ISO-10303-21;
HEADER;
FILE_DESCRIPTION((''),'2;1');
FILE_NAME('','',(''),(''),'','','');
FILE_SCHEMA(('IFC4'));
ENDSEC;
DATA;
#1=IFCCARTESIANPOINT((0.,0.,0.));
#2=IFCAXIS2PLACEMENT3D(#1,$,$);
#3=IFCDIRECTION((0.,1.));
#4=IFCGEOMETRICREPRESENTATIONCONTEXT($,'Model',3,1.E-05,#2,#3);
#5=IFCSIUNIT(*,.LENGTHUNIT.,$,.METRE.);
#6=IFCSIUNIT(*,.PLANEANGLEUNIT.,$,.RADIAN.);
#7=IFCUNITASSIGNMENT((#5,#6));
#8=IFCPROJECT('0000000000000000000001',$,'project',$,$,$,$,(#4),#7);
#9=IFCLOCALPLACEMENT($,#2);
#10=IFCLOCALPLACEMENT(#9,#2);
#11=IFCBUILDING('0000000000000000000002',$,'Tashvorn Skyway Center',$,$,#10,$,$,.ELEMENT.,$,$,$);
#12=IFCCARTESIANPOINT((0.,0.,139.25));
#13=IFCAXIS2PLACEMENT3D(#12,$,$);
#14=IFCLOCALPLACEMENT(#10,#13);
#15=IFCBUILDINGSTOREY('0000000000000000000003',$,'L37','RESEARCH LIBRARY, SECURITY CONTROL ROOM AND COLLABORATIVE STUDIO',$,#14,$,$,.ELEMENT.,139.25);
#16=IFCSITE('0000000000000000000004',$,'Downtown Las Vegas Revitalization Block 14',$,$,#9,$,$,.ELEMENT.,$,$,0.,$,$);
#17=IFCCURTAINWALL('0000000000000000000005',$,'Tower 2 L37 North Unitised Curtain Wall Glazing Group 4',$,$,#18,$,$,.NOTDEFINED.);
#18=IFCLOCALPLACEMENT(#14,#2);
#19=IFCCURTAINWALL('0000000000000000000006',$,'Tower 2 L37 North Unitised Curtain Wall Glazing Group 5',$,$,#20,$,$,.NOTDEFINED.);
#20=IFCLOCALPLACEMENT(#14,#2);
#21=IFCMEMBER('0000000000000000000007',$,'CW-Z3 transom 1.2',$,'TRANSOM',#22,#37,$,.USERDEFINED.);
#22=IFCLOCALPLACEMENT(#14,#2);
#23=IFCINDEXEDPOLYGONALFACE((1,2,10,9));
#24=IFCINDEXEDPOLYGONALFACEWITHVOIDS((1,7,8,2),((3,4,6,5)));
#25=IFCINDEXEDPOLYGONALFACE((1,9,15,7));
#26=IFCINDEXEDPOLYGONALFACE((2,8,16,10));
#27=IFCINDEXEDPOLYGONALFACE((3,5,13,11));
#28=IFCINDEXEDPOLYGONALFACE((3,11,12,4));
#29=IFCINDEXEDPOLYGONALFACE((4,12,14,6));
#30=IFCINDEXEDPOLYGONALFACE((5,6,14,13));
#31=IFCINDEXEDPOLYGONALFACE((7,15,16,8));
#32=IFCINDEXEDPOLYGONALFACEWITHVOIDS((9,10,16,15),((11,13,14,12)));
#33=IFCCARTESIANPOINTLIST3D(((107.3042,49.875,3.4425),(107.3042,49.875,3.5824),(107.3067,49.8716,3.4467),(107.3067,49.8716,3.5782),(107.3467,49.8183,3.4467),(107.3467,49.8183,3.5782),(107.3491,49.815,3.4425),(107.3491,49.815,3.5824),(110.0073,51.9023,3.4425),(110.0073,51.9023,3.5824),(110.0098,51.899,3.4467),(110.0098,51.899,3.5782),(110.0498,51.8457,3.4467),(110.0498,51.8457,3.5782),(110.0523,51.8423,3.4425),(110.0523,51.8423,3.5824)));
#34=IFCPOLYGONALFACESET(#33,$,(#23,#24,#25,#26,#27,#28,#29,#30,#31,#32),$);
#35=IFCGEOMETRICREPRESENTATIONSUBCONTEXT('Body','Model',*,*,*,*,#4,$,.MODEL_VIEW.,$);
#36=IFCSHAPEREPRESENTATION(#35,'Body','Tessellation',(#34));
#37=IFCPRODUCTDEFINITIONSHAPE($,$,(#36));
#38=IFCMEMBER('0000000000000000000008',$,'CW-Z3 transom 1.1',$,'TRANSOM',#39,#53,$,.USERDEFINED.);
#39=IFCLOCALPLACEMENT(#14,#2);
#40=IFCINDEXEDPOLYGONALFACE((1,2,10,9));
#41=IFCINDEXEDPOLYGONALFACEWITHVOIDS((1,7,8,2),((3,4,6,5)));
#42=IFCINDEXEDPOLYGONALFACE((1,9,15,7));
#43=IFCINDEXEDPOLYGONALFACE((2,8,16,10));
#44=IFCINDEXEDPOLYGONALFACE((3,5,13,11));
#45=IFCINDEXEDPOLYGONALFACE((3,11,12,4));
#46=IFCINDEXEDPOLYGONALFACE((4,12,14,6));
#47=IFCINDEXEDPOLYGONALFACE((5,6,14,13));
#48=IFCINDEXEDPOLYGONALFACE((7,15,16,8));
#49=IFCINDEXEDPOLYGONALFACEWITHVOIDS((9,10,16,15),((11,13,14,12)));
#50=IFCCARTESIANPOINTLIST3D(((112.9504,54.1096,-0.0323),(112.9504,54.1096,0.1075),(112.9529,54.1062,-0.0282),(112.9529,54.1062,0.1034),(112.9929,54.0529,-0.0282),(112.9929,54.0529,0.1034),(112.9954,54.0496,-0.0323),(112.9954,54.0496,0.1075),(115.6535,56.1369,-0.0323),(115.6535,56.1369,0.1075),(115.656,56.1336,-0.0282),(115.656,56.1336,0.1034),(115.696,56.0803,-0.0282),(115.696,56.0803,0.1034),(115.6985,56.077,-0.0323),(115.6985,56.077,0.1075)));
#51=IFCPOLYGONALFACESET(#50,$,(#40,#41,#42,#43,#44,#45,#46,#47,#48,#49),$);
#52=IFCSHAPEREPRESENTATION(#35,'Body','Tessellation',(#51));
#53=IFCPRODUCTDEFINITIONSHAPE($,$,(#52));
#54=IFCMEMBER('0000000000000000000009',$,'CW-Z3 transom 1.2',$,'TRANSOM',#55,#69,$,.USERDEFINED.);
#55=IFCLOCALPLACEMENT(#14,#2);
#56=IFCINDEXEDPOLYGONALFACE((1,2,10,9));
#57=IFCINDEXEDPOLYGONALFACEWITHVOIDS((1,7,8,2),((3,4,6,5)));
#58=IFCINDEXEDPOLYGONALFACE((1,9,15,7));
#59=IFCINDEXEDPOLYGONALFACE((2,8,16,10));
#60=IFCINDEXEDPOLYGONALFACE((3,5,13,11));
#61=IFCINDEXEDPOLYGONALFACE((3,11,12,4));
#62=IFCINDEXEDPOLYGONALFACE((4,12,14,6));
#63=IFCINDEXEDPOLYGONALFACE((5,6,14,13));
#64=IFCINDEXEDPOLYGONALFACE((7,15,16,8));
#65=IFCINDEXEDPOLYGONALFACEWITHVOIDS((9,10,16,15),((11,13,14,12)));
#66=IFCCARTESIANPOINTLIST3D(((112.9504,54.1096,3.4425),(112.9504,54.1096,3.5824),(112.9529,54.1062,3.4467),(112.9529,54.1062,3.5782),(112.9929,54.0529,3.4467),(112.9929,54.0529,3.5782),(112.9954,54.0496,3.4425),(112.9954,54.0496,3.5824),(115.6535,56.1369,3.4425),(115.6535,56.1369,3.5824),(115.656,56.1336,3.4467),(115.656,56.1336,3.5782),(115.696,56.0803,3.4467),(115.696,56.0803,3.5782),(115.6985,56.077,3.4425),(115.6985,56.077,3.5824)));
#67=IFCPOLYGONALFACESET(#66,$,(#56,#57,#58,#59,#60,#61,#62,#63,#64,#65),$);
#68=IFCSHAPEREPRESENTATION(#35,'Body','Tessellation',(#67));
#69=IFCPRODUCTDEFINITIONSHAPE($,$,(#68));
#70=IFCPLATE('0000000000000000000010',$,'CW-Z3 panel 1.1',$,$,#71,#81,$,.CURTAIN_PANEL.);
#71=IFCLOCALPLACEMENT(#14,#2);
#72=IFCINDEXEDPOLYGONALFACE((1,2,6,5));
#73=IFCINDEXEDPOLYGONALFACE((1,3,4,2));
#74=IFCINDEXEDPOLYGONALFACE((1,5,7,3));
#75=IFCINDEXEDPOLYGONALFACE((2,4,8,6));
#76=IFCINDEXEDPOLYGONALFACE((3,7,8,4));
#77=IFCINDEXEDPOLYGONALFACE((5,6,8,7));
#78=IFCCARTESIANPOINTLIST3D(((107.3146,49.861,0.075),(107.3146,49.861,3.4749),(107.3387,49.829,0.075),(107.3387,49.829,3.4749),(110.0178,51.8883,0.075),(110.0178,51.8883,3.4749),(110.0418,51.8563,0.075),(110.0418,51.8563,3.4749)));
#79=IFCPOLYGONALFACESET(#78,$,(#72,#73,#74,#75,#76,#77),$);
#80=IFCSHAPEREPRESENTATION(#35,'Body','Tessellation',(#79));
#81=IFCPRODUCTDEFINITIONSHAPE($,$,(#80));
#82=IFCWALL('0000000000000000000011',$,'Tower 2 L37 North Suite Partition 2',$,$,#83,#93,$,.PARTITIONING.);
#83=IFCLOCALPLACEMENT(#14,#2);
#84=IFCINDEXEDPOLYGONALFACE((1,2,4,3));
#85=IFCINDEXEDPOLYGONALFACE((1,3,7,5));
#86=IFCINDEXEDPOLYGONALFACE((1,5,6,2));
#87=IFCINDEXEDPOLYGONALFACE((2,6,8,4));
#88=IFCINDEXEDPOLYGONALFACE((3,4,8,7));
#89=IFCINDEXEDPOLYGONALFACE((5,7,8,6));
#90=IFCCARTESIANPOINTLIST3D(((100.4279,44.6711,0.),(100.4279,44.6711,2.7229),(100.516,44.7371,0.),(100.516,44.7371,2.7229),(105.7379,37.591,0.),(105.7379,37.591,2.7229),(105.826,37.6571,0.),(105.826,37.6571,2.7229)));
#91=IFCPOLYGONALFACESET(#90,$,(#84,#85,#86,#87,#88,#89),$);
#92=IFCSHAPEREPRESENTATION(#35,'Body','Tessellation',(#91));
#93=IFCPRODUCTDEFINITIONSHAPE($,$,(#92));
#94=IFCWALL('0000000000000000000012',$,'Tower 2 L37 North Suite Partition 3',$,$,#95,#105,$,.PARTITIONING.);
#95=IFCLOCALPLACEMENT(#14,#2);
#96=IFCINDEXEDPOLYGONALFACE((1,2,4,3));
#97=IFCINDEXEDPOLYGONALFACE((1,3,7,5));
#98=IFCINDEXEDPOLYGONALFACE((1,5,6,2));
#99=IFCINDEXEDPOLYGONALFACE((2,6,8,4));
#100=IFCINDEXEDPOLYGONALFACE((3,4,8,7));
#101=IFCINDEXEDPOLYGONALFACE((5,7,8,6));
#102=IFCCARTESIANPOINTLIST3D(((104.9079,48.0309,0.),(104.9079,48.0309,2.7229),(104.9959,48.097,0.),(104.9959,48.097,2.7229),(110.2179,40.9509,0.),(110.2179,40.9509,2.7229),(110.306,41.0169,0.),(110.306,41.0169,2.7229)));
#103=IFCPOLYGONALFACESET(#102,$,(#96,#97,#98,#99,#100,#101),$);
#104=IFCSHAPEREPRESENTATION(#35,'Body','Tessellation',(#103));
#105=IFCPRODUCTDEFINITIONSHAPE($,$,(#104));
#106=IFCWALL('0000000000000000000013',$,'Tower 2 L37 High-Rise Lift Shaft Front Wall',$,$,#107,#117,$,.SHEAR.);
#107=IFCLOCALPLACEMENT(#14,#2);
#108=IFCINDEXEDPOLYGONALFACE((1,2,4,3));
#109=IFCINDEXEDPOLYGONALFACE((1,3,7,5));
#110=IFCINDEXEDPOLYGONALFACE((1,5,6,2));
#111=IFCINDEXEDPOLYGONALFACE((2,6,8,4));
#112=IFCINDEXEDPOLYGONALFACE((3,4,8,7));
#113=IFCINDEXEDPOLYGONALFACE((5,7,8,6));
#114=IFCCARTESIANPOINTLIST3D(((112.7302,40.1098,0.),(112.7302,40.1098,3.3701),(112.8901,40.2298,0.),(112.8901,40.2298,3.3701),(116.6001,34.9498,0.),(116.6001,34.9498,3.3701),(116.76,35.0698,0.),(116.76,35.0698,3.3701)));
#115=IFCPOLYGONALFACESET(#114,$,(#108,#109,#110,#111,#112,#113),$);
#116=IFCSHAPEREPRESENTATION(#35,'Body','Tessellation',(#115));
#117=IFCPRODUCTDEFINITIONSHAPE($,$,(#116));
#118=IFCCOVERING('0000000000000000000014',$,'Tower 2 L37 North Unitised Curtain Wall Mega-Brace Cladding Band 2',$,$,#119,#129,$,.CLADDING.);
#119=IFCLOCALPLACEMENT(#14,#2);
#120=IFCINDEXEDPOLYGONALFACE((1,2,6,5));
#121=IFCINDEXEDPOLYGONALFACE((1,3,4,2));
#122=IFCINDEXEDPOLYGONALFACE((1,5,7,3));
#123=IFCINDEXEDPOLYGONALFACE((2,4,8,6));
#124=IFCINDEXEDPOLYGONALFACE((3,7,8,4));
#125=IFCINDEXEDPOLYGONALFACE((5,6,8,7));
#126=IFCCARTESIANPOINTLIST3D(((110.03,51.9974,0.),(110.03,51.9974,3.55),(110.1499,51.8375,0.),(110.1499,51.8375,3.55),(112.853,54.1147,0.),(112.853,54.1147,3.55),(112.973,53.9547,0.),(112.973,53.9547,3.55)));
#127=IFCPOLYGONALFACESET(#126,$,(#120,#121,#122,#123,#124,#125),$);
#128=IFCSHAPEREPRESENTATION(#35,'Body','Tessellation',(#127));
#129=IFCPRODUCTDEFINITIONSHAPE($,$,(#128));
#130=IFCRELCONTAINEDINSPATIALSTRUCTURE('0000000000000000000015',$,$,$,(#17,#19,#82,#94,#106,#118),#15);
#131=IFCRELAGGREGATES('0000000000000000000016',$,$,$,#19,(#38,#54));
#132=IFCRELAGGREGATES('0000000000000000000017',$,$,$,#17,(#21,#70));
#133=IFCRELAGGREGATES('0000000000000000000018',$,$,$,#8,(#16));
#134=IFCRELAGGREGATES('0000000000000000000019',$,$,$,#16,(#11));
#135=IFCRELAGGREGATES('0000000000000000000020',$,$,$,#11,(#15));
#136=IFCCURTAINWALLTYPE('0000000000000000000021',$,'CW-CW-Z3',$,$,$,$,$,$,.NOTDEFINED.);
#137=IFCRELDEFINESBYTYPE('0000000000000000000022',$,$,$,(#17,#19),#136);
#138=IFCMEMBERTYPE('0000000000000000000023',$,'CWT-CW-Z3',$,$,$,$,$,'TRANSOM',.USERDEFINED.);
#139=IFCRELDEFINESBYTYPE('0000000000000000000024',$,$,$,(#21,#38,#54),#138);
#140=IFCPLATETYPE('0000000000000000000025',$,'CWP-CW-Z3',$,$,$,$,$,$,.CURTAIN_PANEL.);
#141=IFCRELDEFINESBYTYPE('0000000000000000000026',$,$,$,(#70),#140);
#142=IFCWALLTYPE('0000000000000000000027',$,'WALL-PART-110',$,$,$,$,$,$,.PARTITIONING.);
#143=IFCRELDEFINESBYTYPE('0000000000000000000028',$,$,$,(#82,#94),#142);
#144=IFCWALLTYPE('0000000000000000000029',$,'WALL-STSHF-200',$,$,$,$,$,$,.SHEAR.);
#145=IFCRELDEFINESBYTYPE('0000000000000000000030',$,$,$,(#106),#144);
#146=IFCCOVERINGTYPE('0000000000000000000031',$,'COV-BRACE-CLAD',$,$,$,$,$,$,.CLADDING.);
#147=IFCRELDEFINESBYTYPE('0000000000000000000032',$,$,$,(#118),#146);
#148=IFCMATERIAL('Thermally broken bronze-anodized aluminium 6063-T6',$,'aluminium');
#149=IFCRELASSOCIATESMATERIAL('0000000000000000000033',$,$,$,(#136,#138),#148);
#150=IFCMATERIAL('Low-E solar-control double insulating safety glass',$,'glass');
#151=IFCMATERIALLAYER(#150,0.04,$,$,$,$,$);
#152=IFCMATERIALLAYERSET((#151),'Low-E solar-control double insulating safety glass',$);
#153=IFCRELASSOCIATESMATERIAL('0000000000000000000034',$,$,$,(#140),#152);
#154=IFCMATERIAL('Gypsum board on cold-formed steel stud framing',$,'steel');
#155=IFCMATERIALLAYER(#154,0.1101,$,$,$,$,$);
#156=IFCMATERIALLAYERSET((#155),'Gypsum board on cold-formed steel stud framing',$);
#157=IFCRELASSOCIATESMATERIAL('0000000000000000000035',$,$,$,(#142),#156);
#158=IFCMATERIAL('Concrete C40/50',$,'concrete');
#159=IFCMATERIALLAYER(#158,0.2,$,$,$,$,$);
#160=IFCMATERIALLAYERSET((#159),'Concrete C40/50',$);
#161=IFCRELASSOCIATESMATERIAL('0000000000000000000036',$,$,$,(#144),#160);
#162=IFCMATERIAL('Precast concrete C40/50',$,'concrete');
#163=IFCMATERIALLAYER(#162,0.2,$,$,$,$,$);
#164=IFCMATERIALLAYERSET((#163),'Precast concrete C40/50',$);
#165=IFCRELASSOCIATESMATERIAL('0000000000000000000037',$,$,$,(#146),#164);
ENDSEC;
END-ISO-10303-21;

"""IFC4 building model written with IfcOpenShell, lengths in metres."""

from ifc_helpers import new_model, si_unit, direction, frame, frame_2d, origin, origin_2d, place, context, subcontext, project, spatial, rectangle, hollow_rectangle, extrude, material, layer, layer_set, material_profile, profile_set, type_object, element, aggregate, save


model = new_model("IFC4")

# Units and contexts
model_context = context("Model", 3, precision=1e-05, world=origin(), true_north=direction((0.0, 1.0)))
body_context = subcontext(model_context, "Body", "Model", "MODEL_VIEW")
ifc_project = project(units=[si_unit("LENGTHUNIT", "METRE"), si_unit("PLANEANGLEUNIT", "RADIAN")], contexts=[model_context])

# Site, building, storey
site_placement = place(None, origin())
site = spatial("IfcSite", under=ifc_project, at=site_placement, Name="Downtown Las Vegas Revitalization Block 14", CompositionType="ELEMENT", RefElevation=0.0)
building_placement = place(site_placement, origin())
building = spatial("IfcBuilding", under=site, at=building_placement, Name="Tashvorn Skyway Center", CompositionType="ELEMENT")
storey_placement = place(building_placement, frame((0.0, 0.0, 139.25)))
storey = spatial("IfcBuildingStorey", under=building, at=storey_placement, Name="L37", Description="RESEARCH LIBRARY, SECURITY CONTROL ROOM AND COLLABORATIVE STUDIO", CompositionType="ELEMENT", Elevation=139.25)

# Shared definitions
ifc_material_1 = material(Name="Thermally broken bronze-anodized aluminium 6063-T6", Category="aluminium")
curtain_wall_type = type_object("IfcCurtainWallType", Name="CW-CW-Z3", PredefinedType="NOTDEFINED", material=ifc_material_1)

# Curtain wall
curtain_wall_1_placement = place(storey_placement, origin())
curtain_wall_1 = element("IfcCurtainWall", 1, at=curtain_wall_1_placement, inside=storey, type_object=curtain_wall_type, Name="Tower 2 L37 North Unitised Curtain Wall Glazing Group 4", PredefinedType="NOTDEFINED")

# Curtain wall
curtain_wall_2_placement = place(storey_placement, origin())
curtain_wall_2 = element("IfcCurtainWall", 2, at=curtain_wall_2_placement, inside=storey, type_object=curtain_wall_type, Name="Tower 2 L37 North Unitised Curtain Wall Glazing Group 5", PredefinedType="NOTDEFINED")

# Members
ifc_material_profile_1 = material_profile(ifc_material_1, hollow_rectangle(XDim=0.075, YDim=0.1399, WallThickness=0.0042, at=origin_2d()), Name="ALU-TRAN-75x140")
ifc_profile_set_1 = profile_set([ifc_material_profile_1], Name="Thermally broken bronze-anodized aluminium 6063-T6")
member_type_1 = type_object("IfcMemberType", Name="CWT-CW-Z3", ElementType="TRANSOM", PredefinedType="USERDEFINED", material=ifc_profile_set_1)
member_1_placement = place(storey_placement, frame((107.3267, 49.845, 3.5125), z_axis=(0.8, 0.6, 0.0), x_axis=(-0.6, 0.8, 0.0)))
member_1 = element("IfcMember", 3, at=member_1_placement, type_object=member_type_1, Name="CW-Z3 transom 1.2", ObjectType="TRANSOM", PredefinedType="USERDEFINED", context=body_context, shape_type="SweptSolid", body=[
    extrude(hollow_rectangle(XDim=0.075, YDim=0.1399, WallThickness=0.0042, at=origin_2d()), origin(), (0.0, 0.0, 1.0), 3.3789),
])
member_2_placement = place(storey_placement, frame((112.9729, 54.0796, 0.0376), z_axis=(0.8, 0.6, 0.0), x_axis=(-0.6, 0.8, 0.0)))
member_2 = element("IfcMember", 4, at=member_2_placement, type_object=member_type_1, Name="CW-Z3 transom 1.1", ObjectType="TRANSOM", PredefinedType="USERDEFINED", context=body_context, shape_type="SweptSolid", body=[
    extrude(hollow_rectangle(XDim=0.075, YDim=0.1399, WallThickness=0.0042, at=origin_2d()), origin(), (0.0, 0.0, 1.0), 3.3789),
])
member_3_placement = place(storey_placement, frame((112.9729, 54.0796, 3.5125), z_axis=(0.8, 0.6, 0.0), x_axis=(-0.6, 0.8, 0.0)))
member_3 = element("IfcMember", 5, at=member_3_placement, type_object=member_type_1, Name="CW-Z3 transom 1.2", ObjectType="TRANSOM", PredefinedType="USERDEFINED", context=body_context, shape_type="SweptSolid", body=[
    extrude(hollow_rectangle(XDim=0.075, YDim=0.1399, WallThickness=0.0042, at=origin_2d()), origin(), (0.0, 0.0, 1.0), 3.3789),
])
aggregate(curtain_wall_2, [member_2, member_3])

# Plate
ifc_material_2 = material(Name="Low-E solar-control double insulating safety glass", Category="glass")
ifc_layer_1 = layer(ifc_material_2, 0.04)
ifc_layer_set_1 = layer_set([ifc_layer_1], Name="Low-E solar-control double insulating safety glass")
plate_type = type_object("IfcPlateType", Name="CWP-CW-Z3", PredefinedType="CURTAIN_PANEL", material=ifc_layer_set_1)
plate_placement = place(storey_placement, frame((108.6782, 50.8586, 0.075), z_axis=(0.0, 0.0, 1.0), x_axis=(0.800003, 0.599995, 0.0)))
plate = element("IfcPlate", 6, at=plate_placement, type_object=plate_type, Name="CW-Z3 panel 1.1", PredefinedType="CURTAIN_PANEL", context=body_context, shape_type="SweptSolid", body=[
    extrude(rectangle(XDim=3.3789, YDim=0.04, at=origin_2d()), origin(), (0.0, 0.0, 1.0), 3.3999),
])
aggregate(curtain_wall_1, [member_1, plate])

# Walls
ifc_material_3 = material(Name="Gypsum board on cold-formed steel stud framing", Category="steel")
ifc_layer_2 = layer(ifc_material_3, 0.1101)
ifc_layer_set_2 = layer_set([ifc_layer_2], Name="Gypsum board on cold-formed steel stud framing")
wall_type_1 = type_object("IfcWallType", Name="WALL-PART-110", PredefinedType="PARTITIONING", material=ifc_layer_set_2)
for number, where, z_axis, x_axis, name in (
    (7, (105.782, 37.624, 0.0), (0.0, 0.0, 1.0), (-0.6, 0.8, 0.0), "Tower 2 L37 North Suite Partition 2"),
    (8, (110.262, 40.9839, 0.0), (0.0, 0.0, 1.0), (-0.6, 0.8, 0.0), "Tower 2 L37 North Suite Partition 3"),
):
    element("IfcWall", number, at=place(storey_placement, frame(where, z_axis=z_axis, x_axis=x_axis)), inside=storey, type_object=wall_type_1, Name=name, PredefinedType="PARTITIONING", context=body_context, shape_type="SweptSolid", body=[
        extrude(rectangle(XDim=8.8501, YDim=0.1101, at=frame_2d((4.425, 0.0))), origin(), (0.0, 0.0, 1.0), 2.7229),
    ])
ifc_material_4 = material(Name="Concrete C40/50", Category="concrete")
ifc_layer_3 = layer(ifc_material_4, 0.2)
ifc_layer_set_3 = layer_set([ifc_layer_3], Name="Concrete C40/50")
wall_type_2 = type_object("IfcWallType", Name="WALL-STSHF-200", PredefinedType="SHEAR", material=ifc_layer_set_3)
wall_placement = place(storey_placement, frame((112.8101, 40.1699, 0.0), z_axis=(0.0, 0.0, 1.0), x_axis=(0.599994, -0.800005, 0.0)))
element("IfcWall", 9, at=wall_placement, inside=storey, type_object=wall_type_2, Name="Tower 2 L37 High-Rise Lift Shaft Front Wall", PredefinedType="SHEAR", context=body_context, shape_type="SweptSolid", body=[
    extrude(rectangle(XDim=6.45, YDim=0.2, at=frame_2d((3.2251, 0.0))), origin(), (0.0, 0.0, 1.0), 3.3701),
])

# Covering
ifc_material_5 = material(Name="Precast concrete C40/50", Category="concrete")
ifc_layer_4 = layer(ifc_material_5, 0.2)
ifc_layer_set_4 = layer_set([ifc_layer_4], Name="Precast concrete C40/50")
covering_type = type_object("IfcCoveringType", Name="COV-BRACE-CLAD", PredefinedType="CLADDING", material=ifc_layer_set_4)
covering_placement = place(storey_placement, frame((111.5015, 52.9761, 0.0), z_axis=(0.0, 0.0, 1.0), x_axis=(0.8, 0.6, 0.0)))
element("IfcCovering", 10, at=covering_placement, inside=storey, type_object=covering_type, Name="Tower 2 L37 North Unitised Curtain Wall Mega-Brace Cladding Band 2", PredefinedType="CLADDING", context=body_context, shape_type="SweptSolid", body=[
    extrude(rectangle(XDim=3.5288, YDim=0.2, at=origin_2d()), origin(), (0.0, 0.0, 1.0), 3.55),
])

save(model, "model.ifc")
